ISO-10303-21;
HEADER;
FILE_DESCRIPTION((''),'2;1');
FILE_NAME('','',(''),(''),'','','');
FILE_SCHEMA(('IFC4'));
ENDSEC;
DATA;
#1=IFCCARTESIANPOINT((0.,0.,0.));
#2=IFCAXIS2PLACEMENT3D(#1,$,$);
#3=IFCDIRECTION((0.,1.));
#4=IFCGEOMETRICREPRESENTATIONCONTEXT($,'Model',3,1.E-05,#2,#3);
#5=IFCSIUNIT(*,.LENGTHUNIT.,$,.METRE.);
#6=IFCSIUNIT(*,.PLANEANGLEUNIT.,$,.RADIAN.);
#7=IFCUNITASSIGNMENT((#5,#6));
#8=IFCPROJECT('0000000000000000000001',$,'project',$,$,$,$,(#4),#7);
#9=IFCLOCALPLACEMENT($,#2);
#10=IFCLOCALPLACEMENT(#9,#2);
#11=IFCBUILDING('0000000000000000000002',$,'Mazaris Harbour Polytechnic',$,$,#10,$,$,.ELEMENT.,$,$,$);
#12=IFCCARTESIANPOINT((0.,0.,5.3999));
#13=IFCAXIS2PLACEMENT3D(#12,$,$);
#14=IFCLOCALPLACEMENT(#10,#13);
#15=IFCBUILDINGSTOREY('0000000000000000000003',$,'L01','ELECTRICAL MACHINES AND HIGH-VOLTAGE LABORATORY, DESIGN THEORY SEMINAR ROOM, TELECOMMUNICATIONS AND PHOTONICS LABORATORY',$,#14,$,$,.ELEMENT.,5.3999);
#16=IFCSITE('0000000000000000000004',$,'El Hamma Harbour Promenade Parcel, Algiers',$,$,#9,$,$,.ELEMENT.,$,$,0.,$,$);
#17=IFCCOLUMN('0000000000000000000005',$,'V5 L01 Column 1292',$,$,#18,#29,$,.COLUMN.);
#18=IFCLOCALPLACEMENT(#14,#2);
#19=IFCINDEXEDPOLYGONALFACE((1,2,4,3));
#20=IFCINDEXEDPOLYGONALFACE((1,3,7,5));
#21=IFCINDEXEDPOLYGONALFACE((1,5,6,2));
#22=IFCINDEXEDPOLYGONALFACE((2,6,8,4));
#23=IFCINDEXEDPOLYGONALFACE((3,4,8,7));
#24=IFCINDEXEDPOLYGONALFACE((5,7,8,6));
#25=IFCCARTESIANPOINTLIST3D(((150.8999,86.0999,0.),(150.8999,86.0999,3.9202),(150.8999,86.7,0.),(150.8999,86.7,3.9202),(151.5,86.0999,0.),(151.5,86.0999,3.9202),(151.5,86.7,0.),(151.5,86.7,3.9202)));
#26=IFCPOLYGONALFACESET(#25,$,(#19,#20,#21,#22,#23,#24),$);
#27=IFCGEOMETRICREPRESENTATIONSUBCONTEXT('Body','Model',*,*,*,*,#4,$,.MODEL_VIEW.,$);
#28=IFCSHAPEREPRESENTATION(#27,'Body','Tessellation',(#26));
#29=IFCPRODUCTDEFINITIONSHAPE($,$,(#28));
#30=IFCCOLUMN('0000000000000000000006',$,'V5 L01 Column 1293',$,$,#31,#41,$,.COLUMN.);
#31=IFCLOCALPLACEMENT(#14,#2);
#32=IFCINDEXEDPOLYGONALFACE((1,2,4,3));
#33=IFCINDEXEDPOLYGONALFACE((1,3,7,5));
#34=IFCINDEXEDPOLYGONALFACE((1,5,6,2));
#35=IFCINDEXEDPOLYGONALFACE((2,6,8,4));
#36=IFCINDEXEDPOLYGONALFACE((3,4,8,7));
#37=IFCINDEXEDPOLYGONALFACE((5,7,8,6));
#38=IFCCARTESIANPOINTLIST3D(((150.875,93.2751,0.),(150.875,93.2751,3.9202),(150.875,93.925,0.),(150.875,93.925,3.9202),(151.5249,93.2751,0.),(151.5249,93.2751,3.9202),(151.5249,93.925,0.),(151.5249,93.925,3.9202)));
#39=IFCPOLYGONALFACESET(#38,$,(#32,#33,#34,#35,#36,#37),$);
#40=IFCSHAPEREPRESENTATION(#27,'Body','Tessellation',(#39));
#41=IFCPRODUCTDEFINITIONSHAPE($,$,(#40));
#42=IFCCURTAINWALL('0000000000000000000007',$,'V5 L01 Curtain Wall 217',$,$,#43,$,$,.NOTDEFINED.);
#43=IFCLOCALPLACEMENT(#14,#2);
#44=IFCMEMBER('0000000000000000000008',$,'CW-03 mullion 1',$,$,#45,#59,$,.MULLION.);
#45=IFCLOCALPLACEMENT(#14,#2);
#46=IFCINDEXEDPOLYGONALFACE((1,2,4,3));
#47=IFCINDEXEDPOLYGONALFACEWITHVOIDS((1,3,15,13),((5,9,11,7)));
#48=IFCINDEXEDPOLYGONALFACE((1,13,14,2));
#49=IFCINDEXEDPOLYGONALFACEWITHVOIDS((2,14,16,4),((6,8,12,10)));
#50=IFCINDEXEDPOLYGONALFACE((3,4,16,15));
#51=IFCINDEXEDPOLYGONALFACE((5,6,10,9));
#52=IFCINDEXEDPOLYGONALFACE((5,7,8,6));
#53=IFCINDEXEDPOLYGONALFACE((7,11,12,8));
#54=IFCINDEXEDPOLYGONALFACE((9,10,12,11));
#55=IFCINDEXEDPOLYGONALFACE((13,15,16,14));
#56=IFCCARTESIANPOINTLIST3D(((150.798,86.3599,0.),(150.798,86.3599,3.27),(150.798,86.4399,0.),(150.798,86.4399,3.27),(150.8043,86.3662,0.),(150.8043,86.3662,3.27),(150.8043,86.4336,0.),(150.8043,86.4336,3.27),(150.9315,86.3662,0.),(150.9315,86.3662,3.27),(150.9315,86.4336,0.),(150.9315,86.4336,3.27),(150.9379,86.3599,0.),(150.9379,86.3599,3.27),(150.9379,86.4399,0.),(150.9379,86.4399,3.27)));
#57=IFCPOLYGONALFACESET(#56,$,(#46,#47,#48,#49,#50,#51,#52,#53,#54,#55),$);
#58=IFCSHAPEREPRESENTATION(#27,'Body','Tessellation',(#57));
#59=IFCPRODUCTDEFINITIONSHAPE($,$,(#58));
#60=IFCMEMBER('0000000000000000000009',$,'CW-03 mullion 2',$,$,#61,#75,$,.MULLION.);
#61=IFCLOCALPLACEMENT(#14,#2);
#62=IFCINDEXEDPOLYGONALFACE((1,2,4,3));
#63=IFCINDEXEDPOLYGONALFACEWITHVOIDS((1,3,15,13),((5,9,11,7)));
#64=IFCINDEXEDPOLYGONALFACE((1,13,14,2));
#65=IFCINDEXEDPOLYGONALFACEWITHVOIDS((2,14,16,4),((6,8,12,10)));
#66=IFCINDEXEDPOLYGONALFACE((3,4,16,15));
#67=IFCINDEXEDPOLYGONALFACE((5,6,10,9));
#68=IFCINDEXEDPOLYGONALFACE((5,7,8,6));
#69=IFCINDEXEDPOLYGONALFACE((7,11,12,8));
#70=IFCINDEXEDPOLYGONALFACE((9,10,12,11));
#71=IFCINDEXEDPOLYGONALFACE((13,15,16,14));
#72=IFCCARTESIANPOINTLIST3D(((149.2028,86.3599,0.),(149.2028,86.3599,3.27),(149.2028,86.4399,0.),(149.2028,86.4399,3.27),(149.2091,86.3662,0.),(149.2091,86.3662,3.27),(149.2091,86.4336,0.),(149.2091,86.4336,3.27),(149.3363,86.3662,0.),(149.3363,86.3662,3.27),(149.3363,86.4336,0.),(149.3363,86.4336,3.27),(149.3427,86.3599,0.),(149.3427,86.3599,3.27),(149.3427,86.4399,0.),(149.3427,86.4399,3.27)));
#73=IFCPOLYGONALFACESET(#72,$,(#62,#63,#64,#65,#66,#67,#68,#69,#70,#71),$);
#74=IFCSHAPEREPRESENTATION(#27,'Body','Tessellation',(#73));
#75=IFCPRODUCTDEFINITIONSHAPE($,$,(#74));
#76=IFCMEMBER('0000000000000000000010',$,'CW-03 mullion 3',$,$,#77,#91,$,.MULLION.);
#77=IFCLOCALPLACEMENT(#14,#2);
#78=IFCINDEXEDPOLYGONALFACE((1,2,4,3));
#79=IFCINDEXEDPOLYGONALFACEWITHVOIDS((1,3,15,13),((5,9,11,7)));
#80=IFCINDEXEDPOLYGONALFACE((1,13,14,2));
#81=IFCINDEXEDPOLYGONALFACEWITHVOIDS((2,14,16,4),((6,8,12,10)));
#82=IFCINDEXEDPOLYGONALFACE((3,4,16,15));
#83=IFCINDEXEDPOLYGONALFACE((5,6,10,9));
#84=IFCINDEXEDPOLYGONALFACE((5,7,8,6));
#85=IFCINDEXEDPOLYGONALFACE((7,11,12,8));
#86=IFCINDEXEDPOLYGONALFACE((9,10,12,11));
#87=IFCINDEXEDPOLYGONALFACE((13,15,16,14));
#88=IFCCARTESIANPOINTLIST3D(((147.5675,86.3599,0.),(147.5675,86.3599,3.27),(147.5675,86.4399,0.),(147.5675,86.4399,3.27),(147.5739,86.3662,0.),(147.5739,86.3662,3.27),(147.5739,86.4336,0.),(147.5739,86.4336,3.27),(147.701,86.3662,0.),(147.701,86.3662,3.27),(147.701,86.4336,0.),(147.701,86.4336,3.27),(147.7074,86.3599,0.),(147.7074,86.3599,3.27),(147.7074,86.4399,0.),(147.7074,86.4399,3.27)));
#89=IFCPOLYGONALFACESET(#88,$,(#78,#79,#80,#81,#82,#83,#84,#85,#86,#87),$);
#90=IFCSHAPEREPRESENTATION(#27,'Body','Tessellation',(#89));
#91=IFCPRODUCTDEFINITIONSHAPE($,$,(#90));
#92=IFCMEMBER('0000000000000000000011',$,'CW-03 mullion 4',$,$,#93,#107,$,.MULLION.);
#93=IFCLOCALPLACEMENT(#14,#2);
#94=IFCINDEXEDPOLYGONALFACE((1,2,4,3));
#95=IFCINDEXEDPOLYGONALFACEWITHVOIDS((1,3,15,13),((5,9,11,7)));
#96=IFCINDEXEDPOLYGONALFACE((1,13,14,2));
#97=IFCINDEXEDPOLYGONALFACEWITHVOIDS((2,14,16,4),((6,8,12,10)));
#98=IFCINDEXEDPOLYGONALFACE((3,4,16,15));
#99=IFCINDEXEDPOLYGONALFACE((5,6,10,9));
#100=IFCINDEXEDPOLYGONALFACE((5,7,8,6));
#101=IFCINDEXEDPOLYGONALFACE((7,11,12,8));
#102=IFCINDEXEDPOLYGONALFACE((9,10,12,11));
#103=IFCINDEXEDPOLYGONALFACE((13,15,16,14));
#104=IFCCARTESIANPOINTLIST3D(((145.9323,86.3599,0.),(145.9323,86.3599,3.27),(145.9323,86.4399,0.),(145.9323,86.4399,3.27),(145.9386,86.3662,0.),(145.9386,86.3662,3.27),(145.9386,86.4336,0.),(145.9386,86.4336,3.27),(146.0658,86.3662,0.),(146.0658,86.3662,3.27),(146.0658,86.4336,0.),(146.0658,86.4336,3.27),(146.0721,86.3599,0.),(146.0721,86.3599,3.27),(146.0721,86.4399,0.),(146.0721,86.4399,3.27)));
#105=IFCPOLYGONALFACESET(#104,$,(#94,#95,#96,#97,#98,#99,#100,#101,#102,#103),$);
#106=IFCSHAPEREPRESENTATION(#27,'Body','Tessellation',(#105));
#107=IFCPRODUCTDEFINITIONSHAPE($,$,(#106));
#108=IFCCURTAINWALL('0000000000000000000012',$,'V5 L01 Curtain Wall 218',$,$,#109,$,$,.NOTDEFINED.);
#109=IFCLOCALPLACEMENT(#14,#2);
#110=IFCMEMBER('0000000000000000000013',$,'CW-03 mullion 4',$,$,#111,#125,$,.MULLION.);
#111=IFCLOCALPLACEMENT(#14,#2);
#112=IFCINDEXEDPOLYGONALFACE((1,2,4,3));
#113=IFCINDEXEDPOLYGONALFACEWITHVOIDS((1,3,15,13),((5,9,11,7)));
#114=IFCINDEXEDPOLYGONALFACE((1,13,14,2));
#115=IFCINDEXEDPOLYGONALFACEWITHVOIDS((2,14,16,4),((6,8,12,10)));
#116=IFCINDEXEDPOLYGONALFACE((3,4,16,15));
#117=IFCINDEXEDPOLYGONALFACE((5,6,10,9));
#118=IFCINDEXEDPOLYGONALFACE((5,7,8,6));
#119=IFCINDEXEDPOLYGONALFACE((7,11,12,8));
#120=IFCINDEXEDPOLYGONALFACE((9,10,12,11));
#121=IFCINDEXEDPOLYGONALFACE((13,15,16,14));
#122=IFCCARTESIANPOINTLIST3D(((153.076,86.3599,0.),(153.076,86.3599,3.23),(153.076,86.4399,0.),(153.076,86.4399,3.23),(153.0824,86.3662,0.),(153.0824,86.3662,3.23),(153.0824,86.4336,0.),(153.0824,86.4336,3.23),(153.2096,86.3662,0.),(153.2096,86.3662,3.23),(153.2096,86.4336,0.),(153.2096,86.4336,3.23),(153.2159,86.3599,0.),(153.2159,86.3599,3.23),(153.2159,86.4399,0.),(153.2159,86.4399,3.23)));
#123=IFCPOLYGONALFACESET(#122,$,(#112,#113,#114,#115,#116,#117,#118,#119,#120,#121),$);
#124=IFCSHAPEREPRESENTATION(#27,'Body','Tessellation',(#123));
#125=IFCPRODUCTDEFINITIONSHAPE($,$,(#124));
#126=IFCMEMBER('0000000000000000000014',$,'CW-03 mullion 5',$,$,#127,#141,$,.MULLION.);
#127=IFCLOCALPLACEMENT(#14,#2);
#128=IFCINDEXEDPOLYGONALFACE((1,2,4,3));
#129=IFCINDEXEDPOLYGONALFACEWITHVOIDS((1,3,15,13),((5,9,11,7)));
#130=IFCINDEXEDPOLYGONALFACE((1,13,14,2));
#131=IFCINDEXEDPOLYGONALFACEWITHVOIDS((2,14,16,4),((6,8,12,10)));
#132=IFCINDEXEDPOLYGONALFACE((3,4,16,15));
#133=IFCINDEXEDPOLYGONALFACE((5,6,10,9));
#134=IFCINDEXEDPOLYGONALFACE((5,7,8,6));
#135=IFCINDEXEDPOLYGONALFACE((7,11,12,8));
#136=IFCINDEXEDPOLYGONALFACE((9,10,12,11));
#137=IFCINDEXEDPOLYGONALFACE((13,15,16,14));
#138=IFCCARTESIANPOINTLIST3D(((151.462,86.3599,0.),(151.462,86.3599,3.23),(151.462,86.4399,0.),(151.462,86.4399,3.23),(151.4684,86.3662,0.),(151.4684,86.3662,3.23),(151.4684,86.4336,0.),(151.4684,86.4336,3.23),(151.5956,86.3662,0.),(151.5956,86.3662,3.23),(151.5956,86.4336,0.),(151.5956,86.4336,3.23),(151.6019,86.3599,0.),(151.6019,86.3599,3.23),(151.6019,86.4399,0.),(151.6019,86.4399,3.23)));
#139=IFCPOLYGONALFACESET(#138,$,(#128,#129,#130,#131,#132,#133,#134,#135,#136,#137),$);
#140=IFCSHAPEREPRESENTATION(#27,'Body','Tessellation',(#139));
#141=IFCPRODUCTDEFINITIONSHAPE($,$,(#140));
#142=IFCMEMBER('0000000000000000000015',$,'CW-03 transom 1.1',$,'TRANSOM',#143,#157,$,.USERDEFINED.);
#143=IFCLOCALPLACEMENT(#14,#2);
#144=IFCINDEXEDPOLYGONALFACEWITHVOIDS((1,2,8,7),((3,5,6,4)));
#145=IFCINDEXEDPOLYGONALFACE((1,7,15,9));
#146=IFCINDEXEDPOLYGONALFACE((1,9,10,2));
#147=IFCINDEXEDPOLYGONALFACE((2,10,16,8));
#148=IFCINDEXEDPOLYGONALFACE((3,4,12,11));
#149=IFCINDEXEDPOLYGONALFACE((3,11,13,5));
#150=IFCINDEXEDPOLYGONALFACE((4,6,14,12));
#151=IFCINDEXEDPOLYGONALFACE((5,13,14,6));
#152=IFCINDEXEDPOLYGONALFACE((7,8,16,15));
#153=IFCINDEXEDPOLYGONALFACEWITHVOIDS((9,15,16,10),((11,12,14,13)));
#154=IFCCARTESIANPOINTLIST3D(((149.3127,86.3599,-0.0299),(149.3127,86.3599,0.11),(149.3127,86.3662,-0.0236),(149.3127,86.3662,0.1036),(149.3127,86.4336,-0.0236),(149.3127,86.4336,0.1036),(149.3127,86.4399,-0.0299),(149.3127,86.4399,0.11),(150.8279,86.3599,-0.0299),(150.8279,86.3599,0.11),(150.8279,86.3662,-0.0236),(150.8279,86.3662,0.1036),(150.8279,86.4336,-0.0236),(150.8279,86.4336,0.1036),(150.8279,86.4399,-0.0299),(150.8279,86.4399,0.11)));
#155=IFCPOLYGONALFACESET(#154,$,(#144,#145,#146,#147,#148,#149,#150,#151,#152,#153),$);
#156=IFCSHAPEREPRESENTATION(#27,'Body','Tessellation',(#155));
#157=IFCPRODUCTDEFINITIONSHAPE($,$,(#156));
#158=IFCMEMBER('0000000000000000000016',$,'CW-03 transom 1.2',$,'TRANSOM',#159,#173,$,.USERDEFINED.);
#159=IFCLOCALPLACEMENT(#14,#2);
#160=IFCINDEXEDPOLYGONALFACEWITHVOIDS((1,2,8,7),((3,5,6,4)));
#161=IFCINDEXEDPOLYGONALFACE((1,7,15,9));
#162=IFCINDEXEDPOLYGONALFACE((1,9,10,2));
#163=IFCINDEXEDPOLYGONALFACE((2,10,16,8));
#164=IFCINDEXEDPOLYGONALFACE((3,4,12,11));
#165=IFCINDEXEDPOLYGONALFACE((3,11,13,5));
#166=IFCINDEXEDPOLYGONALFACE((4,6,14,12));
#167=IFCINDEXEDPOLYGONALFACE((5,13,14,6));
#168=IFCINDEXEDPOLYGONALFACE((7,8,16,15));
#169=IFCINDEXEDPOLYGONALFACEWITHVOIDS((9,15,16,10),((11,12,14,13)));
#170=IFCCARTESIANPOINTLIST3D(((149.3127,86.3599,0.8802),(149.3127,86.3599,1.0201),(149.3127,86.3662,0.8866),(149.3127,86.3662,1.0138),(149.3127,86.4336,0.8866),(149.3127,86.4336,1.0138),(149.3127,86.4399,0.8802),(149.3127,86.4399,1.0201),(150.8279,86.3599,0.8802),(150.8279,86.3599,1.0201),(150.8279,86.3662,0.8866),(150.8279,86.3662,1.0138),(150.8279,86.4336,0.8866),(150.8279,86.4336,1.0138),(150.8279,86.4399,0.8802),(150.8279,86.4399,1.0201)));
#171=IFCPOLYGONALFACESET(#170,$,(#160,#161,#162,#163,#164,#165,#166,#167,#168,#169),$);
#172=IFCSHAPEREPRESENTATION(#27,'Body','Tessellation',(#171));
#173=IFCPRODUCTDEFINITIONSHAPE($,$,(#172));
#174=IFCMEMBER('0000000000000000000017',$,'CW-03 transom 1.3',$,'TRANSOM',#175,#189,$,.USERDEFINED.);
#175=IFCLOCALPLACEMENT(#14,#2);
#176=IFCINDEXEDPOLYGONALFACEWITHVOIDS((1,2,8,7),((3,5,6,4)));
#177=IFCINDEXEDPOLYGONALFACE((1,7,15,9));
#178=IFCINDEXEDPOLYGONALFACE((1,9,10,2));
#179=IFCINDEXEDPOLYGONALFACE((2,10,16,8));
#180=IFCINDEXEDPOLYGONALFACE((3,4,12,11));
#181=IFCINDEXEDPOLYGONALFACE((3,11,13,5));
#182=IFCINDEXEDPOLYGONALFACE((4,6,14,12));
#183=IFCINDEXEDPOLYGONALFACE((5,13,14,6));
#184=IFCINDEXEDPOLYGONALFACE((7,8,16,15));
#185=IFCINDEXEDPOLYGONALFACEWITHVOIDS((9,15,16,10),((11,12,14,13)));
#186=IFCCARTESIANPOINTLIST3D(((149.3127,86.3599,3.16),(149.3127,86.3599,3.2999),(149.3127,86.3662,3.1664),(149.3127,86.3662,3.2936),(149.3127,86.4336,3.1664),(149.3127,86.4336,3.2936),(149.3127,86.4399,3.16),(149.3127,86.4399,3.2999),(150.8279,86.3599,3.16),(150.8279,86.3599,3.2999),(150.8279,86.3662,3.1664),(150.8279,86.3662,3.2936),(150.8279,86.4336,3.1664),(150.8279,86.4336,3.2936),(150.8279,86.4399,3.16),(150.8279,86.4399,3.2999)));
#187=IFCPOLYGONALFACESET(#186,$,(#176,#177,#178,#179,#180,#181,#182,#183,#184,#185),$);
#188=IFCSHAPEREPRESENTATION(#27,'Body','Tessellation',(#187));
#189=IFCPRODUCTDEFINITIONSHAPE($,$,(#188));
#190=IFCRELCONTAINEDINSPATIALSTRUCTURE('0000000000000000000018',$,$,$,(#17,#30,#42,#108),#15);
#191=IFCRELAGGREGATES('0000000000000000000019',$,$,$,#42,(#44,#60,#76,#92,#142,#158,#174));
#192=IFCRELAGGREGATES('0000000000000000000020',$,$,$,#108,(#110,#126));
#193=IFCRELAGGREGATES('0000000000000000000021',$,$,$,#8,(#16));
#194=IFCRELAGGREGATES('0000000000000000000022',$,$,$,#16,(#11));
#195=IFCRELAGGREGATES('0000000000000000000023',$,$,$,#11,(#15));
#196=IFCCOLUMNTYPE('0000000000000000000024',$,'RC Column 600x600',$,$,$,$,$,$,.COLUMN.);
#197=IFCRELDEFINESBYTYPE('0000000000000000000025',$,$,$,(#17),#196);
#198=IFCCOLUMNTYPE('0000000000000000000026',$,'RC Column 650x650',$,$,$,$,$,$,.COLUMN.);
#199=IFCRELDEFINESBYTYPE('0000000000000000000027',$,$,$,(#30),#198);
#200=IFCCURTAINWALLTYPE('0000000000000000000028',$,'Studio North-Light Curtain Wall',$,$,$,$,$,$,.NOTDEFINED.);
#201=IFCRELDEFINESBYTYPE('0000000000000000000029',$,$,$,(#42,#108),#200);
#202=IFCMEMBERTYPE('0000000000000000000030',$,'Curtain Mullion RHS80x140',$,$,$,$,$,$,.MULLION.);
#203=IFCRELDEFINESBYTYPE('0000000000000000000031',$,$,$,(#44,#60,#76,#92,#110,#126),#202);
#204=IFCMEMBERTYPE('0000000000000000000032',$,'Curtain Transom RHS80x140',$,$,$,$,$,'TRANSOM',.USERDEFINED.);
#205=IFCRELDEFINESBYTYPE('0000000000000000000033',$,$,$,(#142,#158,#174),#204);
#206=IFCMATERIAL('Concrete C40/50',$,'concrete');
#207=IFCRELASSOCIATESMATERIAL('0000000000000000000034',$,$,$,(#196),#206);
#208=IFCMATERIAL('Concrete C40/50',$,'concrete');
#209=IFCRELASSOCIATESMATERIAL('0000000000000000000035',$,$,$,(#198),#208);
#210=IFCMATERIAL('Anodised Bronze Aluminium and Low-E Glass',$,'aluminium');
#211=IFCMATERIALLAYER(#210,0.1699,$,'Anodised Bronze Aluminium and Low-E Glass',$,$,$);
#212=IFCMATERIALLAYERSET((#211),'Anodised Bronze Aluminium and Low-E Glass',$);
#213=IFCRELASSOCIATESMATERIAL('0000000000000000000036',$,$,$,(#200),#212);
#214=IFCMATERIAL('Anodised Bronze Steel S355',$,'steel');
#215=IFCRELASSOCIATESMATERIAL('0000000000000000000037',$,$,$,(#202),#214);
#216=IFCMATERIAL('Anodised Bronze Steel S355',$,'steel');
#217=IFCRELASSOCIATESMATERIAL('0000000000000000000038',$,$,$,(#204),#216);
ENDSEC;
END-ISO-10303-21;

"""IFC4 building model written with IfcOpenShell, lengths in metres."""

from ifc_helpers import new_model, si_unit, direction, frame, origin, origin_2d, place, context, subcontext, project, spatial, rectangle, hollow_rectangle, extrude, material, layer, layer_set, material_profile, profile_set, type_object, element, aggregate, save


model = new_model("IFC4")

# Units and contexts
model_context = context("Model", 3, precision=1e-05, world=origin(), true_north=direction((0.0, 1.0)))
body_context = subcontext(model_context, "Body", "Model", "MODEL_VIEW")
ifc_project = project(units=[si_unit("LENGTHUNIT", "METRE"), si_unit("PLANEANGLEUNIT", "RADIAN")], contexts=[model_context])

# Site, building, storey
site_placement = place(None, origin())
site = spatial("IfcSite", under=ifc_project, at=site_placement, Name="El Hamma Harbour Promenade Parcel, Algiers", CompositionType="ELEMENT", RefElevation=0.0)
building_placement = place(site_placement, origin())
building = spatial("IfcBuilding", under=site, at=building_placement, Name="Mazaris Harbour Polytechnic", CompositionType="ELEMENT")
storey_placement = place(building_placement, frame((0.0, 0.0, 5.3999)))
storey = spatial("IfcBuildingStorey", under=building, at=storey_placement, Name="L01", Description="ELECTRICAL MACHINES AND HIGH-VOLTAGE LABORATORY, DESIGN THEORY SEMINAR ROOM, TELECOMMUNICATIONS AND PHOTONICS LABORATORY", CompositionType="ELEMENT", Elevation=5.3999)

# Columns
ifc_material_1 = material(Name="Concrete C40/50", Category="concrete")
ifc_material_profile_1 = material_profile(ifc_material_1, rectangle(XDim=0.6001, YDim=0.6001, at=origin_2d()), Name="RECT600x600")
ifc_profile_set_1 = profile_set([ifc_material_profile_1], Name="Concrete C40/50")
column_type_1 = type_object("IfcColumnType", Name="RC Column 600x600", PredefinedType="COLUMN", material=ifc_profile_set_1)
column_1_placement = place(storey_placement, frame((151.2, 86.3999, 0.0), z_axis=(0.0, 0.0, 1.0), x_axis=(1.0, 0.0, 0.0)))
element("IfcColumn", 1, at=column_1_placement, inside=storey, type_object=column_type_1, Name="V5 L01 Column 1292", PredefinedType="COLUMN", context=body_context, shape_type="SweptSolid", body=[
    extrude(rectangle(XDim=0.6001, YDim=0.6001, at=origin_2d()), origin(), (0.0, 0.0, 1.0), 3.9202),
])
ifc_material_2 = material(Name="Concrete C40/50", Category="concrete")
ifc_material_profile_2 = material_profile(ifc_material_2, rectangle(XDim=0.6499, YDim=0.6499, at=origin_2d()), Name="RECT650x650")
ifc_profile_set_2 = profile_set([ifc_material_profile_2], Name="Concrete C40/50")
column_type_2 = type_object("IfcColumnType", Name="RC Column 650x650", PredefinedType="COLUMN", material=ifc_profile_set_2)
column_2_placement = place(storey_placement, frame((151.2, 93.6001, 0.0), z_axis=(0.0, 0.0, 1.0), x_axis=(1.0, 0.0, 0.0)))
element("IfcColumn", 2, at=column_2_placement, inside=storey, type_object=column_type_2, Name="V5 L01 Column 1293", PredefinedType="COLUMN", context=body_context, shape_type="SweptSolid", body=[
    extrude(rectangle(XDim=0.6499, YDim=0.6499, at=origin_2d()), origin(), (0.0, 0.0, 1.0), 3.9202),
])

# Curtain walls, members
ifc_material_3 = material(Name="Anodised Bronze Aluminium and Low-E Glass", Category="aluminium")
ifc_layer_1 = layer(ifc_material_3, 0.1699, Name="Anodised Bronze Aluminium and Low-E Glass")
ifc_layer_set_1 = layer_set([ifc_layer_1], Name="Anodised Bronze Aluminium and Low-E Glass")
curtain_wall_type = type_object("IfcCurtainWallType", Name="Studio North-Light Curtain Wall", PredefinedType="NOTDEFINED", material=ifc_layer_set_1)
curtain_wall_1_placement = place(storey_placement, origin())
curtain_wall_1 = element("IfcCurtainWall", 3, at=curtain_wall_1_placement, inside=storey, type_object=curtain_wall_type, Name="V5 L01 Curtain Wall 217", PredefinedType="NOTDEFINED")
ifc_material_4 = material(Name="Anodised Bronze Steel S355", Category="steel")
ifc_material_profile_3 = material_profile(ifc_material_4, hollow_rectangle(XDim=0.0801, YDim=0.1399, WallThickness=0.0063, at=origin_2d()), Name="RHS 80x140x6.3")
ifc_profile_set_3 = profile_set([ifc_material_profile_3], Name="Anodised Bronze Steel S355")
member_type_1 = type_object("IfcMemberType", Name="Curtain Mullion RHS80x140", PredefinedType="MULLION", material=ifc_profile_set_3)
member_1_placement = place(storey_placement, frame((150.8679, 86.3999, 0.0), z_axis=(0.0, 0.0, 1.0), x_axis=(0.0, -1.0, 0.0)))
member_1 = element("IfcMember", 4, at=member_1_placement, type_object=member_type_1, Name="CW-03 mullion 1", PredefinedType="MULLION", context=body_context, shape_type="SweptSolid", body=[
    extrude(hollow_rectangle(XDim=0.0801, YDim=0.1399, WallThickness=0.0063, at=origin_2d()), origin(), (0.0, 0.0, 1.0), 3.27),
])
member_2_placement = place(storey_placement, frame((149.2727, 86.3999, 0.0), z_axis=(0.0, 0.0, 1.0), x_axis=(0.0, -1.0, 0.0)))
member_2 = element("IfcMember", 5, at=member_2_placement, type_object=member_type_1, Name="CW-03 mullion 2", PredefinedType="MULLION", context=body_context, shape_type="SweptSolid", body=[
    extrude(hollow_rectangle(XDim=0.0801, YDim=0.1399, WallThickness=0.0063, at=origin_2d()), origin(), (0.0, 0.0, 1.0), 3.27),
])
member_3_placement = place(storey_placement, frame((147.6375, 86.3999, 0.0), z_axis=(0.0, 0.0, 1.0), x_axis=(0.0, -1.0, 0.0)))
member_3 = element("IfcMember", 6, at=member_3_placement, type_object=member_type_1, Name="CW-03 mullion 3", PredefinedType="MULLION", context=body_context, shape_type="SweptSolid", body=[
    extrude(hollow_rectangle(XDim=0.0801, YDim=0.1399, WallThickness=0.0063, at=origin_2d()), origin(), (0.0, 0.0, 1.0), 3.27),
])
member_4_placement = place(storey_placement, frame((146.0022, 86.3999, 0.0), z_axis=(0.0, 0.0, 1.0), x_axis=(0.0, -1.0, 0.0)))
member_4 = element("IfcMember", 7, at=member_4_placement, type_object=member_type_1, Name="CW-03 mullion 4", PredefinedType="MULLION", context=body_context, shape_type="SweptSolid", body=[
    extrude(hollow_rectangle(XDim=0.0801, YDim=0.1399, WallThickness=0.0063, at=origin_2d()), origin(), (0.0, 0.0, 1.0), 3.27),
])
curtain_wall_2_placement = place(storey_placement, origin())
curtain_wall_2 = element("IfcCurtainWall", 8, at=curtain_wall_2_placement, inside=storey, type_object=curtain_wall_type, Name="V5 L01 Curtain Wall 218", PredefinedType="NOTDEFINED")
member_5_placement = place(storey_placement, frame((153.146, 86.3999, 0.0), z_axis=(0.0, 0.0, 1.0), x_axis=(0.0, -1.0, 0.0)))
member_5 = element("IfcMember", 9, at=member_5_placement, type_object=member_type_1, Name="CW-03 mullion 4", PredefinedType="MULLION", context=body_context, shape_type="SweptSolid", body=[
    extrude(hollow_rectangle(XDim=0.0801, YDim=0.1399, WallThickness=0.0063, at=origin_2d()), origin(), (0.0, 0.0, 1.0), 3.23),
])
member_6_placement = place(storey_placement, frame((151.532, 86.3999, 0.0), z_axis=(0.0, 0.0, 1.0), x_axis=(0.0, -1.0, 0.0)))
member_6 = element("IfcMember", 10, at=member_6_placement, type_object=member_type_1, Name="CW-03 mullion 5", PredefinedType="MULLION", context=body_context, shape_type="SweptSolid", body=[
    extrude(hollow_rectangle(XDim=0.0801, YDim=0.1399, WallThickness=0.0063, at=origin_2d()), origin(), (0.0, 0.0, 1.0), 3.23),
])

# Members
ifc_material_5 = material(Name="Anodised Bronze Steel S355", Category="steel")
ifc_material_profile_4 = material_profile(ifc_material_5, hollow_rectangle(XDim=0.0801, YDim=0.1399, WallThickness=0.0063, at=origin_2d()), Name="RHS 80x140x6.3")
ifc_profile_set_4 = profile_set([ifc_material_profile_4], Name="Anodised Bronze Steel S355")
member_type_2 = type_object("IfcMemberType", Name="Curtain Transom RHS80x140", ElementType="TRANSOM", PredefinedType="USERDEFINED", material=ifc_profile_set_4)
member_7_placement = place(storey_placement, frame((150.8279, 86.3999, 0.04), z_axis=(-1.0, 0.0, 0.0), x_axis=(0.0, -1.0, 0.0)))
member_7 = element("IfcMember", 11, at=member_7_placement, type_object=member_type_2, Name="CW-03 transom 1.1", ObjectType="TRANSOM", PredefinedType="USERDEFINED", context=body_context, shape_type="SweptSolid", body=[
    extrude(hollow_rectangle(XDim=0.0801, YDim=0.1399, WallThickness=0.0063, at=origin_2d()), origin(), (0.0, 0.0, 1.0), 1.5151),
])
member_8_placement = place(storey_placement, frame((150.8279, 86.3999, 0.9502), z_axis=(-1.0, 0.0, 0.0), x_axis=(0.0, -1.0, 0.0)))
member_8 = element("IfcMember", 12, at=member_8_placement, type_object=member_type_2, Name="CW-03 transom 1.2", ObjectType="TRANSOM", PredefinedType="USERDEFINED", context=body_context, shape_type="SweptSolid", body=[
    extrude(hollow_rectangle(XDim=0.0801, YDim=0.1399, WallThickness=0.0063, at=origin_2d()), origin(), (0.0, 0.0, 1.0), 1.5151),
])
member_9_placement = place(storey_placement, frame((150.8279, 86.3999, 3.23), z_axis=(-1.0, 0.0, 0.0), x_axis=(0.0, -1.0, 0.0)))
member_9 = element("IfcMember", 13, at=member_9_placement, type_object=member_type_2, Name="CW-03 transom 1.3", ObjectType="TRANSOM", PredefinedType="USERDEFINED", context=body_context, shape_type="SweptSolid", body=[
    extrude(hollow_rectangle(XDim=0.0801, YDim=0.1399, WallThickness=0.0063, at=origin_2d()), origin(), (0.0, 0.0, 1.0), 1.5151),
])

aggregate(curtain_wall_1, [member_1, member_2, member_3, member_4, member_7, member_8, member_9])
aggregate(curtain_wall_2, [member_5, member_6])

save(model, "model.ifc")
